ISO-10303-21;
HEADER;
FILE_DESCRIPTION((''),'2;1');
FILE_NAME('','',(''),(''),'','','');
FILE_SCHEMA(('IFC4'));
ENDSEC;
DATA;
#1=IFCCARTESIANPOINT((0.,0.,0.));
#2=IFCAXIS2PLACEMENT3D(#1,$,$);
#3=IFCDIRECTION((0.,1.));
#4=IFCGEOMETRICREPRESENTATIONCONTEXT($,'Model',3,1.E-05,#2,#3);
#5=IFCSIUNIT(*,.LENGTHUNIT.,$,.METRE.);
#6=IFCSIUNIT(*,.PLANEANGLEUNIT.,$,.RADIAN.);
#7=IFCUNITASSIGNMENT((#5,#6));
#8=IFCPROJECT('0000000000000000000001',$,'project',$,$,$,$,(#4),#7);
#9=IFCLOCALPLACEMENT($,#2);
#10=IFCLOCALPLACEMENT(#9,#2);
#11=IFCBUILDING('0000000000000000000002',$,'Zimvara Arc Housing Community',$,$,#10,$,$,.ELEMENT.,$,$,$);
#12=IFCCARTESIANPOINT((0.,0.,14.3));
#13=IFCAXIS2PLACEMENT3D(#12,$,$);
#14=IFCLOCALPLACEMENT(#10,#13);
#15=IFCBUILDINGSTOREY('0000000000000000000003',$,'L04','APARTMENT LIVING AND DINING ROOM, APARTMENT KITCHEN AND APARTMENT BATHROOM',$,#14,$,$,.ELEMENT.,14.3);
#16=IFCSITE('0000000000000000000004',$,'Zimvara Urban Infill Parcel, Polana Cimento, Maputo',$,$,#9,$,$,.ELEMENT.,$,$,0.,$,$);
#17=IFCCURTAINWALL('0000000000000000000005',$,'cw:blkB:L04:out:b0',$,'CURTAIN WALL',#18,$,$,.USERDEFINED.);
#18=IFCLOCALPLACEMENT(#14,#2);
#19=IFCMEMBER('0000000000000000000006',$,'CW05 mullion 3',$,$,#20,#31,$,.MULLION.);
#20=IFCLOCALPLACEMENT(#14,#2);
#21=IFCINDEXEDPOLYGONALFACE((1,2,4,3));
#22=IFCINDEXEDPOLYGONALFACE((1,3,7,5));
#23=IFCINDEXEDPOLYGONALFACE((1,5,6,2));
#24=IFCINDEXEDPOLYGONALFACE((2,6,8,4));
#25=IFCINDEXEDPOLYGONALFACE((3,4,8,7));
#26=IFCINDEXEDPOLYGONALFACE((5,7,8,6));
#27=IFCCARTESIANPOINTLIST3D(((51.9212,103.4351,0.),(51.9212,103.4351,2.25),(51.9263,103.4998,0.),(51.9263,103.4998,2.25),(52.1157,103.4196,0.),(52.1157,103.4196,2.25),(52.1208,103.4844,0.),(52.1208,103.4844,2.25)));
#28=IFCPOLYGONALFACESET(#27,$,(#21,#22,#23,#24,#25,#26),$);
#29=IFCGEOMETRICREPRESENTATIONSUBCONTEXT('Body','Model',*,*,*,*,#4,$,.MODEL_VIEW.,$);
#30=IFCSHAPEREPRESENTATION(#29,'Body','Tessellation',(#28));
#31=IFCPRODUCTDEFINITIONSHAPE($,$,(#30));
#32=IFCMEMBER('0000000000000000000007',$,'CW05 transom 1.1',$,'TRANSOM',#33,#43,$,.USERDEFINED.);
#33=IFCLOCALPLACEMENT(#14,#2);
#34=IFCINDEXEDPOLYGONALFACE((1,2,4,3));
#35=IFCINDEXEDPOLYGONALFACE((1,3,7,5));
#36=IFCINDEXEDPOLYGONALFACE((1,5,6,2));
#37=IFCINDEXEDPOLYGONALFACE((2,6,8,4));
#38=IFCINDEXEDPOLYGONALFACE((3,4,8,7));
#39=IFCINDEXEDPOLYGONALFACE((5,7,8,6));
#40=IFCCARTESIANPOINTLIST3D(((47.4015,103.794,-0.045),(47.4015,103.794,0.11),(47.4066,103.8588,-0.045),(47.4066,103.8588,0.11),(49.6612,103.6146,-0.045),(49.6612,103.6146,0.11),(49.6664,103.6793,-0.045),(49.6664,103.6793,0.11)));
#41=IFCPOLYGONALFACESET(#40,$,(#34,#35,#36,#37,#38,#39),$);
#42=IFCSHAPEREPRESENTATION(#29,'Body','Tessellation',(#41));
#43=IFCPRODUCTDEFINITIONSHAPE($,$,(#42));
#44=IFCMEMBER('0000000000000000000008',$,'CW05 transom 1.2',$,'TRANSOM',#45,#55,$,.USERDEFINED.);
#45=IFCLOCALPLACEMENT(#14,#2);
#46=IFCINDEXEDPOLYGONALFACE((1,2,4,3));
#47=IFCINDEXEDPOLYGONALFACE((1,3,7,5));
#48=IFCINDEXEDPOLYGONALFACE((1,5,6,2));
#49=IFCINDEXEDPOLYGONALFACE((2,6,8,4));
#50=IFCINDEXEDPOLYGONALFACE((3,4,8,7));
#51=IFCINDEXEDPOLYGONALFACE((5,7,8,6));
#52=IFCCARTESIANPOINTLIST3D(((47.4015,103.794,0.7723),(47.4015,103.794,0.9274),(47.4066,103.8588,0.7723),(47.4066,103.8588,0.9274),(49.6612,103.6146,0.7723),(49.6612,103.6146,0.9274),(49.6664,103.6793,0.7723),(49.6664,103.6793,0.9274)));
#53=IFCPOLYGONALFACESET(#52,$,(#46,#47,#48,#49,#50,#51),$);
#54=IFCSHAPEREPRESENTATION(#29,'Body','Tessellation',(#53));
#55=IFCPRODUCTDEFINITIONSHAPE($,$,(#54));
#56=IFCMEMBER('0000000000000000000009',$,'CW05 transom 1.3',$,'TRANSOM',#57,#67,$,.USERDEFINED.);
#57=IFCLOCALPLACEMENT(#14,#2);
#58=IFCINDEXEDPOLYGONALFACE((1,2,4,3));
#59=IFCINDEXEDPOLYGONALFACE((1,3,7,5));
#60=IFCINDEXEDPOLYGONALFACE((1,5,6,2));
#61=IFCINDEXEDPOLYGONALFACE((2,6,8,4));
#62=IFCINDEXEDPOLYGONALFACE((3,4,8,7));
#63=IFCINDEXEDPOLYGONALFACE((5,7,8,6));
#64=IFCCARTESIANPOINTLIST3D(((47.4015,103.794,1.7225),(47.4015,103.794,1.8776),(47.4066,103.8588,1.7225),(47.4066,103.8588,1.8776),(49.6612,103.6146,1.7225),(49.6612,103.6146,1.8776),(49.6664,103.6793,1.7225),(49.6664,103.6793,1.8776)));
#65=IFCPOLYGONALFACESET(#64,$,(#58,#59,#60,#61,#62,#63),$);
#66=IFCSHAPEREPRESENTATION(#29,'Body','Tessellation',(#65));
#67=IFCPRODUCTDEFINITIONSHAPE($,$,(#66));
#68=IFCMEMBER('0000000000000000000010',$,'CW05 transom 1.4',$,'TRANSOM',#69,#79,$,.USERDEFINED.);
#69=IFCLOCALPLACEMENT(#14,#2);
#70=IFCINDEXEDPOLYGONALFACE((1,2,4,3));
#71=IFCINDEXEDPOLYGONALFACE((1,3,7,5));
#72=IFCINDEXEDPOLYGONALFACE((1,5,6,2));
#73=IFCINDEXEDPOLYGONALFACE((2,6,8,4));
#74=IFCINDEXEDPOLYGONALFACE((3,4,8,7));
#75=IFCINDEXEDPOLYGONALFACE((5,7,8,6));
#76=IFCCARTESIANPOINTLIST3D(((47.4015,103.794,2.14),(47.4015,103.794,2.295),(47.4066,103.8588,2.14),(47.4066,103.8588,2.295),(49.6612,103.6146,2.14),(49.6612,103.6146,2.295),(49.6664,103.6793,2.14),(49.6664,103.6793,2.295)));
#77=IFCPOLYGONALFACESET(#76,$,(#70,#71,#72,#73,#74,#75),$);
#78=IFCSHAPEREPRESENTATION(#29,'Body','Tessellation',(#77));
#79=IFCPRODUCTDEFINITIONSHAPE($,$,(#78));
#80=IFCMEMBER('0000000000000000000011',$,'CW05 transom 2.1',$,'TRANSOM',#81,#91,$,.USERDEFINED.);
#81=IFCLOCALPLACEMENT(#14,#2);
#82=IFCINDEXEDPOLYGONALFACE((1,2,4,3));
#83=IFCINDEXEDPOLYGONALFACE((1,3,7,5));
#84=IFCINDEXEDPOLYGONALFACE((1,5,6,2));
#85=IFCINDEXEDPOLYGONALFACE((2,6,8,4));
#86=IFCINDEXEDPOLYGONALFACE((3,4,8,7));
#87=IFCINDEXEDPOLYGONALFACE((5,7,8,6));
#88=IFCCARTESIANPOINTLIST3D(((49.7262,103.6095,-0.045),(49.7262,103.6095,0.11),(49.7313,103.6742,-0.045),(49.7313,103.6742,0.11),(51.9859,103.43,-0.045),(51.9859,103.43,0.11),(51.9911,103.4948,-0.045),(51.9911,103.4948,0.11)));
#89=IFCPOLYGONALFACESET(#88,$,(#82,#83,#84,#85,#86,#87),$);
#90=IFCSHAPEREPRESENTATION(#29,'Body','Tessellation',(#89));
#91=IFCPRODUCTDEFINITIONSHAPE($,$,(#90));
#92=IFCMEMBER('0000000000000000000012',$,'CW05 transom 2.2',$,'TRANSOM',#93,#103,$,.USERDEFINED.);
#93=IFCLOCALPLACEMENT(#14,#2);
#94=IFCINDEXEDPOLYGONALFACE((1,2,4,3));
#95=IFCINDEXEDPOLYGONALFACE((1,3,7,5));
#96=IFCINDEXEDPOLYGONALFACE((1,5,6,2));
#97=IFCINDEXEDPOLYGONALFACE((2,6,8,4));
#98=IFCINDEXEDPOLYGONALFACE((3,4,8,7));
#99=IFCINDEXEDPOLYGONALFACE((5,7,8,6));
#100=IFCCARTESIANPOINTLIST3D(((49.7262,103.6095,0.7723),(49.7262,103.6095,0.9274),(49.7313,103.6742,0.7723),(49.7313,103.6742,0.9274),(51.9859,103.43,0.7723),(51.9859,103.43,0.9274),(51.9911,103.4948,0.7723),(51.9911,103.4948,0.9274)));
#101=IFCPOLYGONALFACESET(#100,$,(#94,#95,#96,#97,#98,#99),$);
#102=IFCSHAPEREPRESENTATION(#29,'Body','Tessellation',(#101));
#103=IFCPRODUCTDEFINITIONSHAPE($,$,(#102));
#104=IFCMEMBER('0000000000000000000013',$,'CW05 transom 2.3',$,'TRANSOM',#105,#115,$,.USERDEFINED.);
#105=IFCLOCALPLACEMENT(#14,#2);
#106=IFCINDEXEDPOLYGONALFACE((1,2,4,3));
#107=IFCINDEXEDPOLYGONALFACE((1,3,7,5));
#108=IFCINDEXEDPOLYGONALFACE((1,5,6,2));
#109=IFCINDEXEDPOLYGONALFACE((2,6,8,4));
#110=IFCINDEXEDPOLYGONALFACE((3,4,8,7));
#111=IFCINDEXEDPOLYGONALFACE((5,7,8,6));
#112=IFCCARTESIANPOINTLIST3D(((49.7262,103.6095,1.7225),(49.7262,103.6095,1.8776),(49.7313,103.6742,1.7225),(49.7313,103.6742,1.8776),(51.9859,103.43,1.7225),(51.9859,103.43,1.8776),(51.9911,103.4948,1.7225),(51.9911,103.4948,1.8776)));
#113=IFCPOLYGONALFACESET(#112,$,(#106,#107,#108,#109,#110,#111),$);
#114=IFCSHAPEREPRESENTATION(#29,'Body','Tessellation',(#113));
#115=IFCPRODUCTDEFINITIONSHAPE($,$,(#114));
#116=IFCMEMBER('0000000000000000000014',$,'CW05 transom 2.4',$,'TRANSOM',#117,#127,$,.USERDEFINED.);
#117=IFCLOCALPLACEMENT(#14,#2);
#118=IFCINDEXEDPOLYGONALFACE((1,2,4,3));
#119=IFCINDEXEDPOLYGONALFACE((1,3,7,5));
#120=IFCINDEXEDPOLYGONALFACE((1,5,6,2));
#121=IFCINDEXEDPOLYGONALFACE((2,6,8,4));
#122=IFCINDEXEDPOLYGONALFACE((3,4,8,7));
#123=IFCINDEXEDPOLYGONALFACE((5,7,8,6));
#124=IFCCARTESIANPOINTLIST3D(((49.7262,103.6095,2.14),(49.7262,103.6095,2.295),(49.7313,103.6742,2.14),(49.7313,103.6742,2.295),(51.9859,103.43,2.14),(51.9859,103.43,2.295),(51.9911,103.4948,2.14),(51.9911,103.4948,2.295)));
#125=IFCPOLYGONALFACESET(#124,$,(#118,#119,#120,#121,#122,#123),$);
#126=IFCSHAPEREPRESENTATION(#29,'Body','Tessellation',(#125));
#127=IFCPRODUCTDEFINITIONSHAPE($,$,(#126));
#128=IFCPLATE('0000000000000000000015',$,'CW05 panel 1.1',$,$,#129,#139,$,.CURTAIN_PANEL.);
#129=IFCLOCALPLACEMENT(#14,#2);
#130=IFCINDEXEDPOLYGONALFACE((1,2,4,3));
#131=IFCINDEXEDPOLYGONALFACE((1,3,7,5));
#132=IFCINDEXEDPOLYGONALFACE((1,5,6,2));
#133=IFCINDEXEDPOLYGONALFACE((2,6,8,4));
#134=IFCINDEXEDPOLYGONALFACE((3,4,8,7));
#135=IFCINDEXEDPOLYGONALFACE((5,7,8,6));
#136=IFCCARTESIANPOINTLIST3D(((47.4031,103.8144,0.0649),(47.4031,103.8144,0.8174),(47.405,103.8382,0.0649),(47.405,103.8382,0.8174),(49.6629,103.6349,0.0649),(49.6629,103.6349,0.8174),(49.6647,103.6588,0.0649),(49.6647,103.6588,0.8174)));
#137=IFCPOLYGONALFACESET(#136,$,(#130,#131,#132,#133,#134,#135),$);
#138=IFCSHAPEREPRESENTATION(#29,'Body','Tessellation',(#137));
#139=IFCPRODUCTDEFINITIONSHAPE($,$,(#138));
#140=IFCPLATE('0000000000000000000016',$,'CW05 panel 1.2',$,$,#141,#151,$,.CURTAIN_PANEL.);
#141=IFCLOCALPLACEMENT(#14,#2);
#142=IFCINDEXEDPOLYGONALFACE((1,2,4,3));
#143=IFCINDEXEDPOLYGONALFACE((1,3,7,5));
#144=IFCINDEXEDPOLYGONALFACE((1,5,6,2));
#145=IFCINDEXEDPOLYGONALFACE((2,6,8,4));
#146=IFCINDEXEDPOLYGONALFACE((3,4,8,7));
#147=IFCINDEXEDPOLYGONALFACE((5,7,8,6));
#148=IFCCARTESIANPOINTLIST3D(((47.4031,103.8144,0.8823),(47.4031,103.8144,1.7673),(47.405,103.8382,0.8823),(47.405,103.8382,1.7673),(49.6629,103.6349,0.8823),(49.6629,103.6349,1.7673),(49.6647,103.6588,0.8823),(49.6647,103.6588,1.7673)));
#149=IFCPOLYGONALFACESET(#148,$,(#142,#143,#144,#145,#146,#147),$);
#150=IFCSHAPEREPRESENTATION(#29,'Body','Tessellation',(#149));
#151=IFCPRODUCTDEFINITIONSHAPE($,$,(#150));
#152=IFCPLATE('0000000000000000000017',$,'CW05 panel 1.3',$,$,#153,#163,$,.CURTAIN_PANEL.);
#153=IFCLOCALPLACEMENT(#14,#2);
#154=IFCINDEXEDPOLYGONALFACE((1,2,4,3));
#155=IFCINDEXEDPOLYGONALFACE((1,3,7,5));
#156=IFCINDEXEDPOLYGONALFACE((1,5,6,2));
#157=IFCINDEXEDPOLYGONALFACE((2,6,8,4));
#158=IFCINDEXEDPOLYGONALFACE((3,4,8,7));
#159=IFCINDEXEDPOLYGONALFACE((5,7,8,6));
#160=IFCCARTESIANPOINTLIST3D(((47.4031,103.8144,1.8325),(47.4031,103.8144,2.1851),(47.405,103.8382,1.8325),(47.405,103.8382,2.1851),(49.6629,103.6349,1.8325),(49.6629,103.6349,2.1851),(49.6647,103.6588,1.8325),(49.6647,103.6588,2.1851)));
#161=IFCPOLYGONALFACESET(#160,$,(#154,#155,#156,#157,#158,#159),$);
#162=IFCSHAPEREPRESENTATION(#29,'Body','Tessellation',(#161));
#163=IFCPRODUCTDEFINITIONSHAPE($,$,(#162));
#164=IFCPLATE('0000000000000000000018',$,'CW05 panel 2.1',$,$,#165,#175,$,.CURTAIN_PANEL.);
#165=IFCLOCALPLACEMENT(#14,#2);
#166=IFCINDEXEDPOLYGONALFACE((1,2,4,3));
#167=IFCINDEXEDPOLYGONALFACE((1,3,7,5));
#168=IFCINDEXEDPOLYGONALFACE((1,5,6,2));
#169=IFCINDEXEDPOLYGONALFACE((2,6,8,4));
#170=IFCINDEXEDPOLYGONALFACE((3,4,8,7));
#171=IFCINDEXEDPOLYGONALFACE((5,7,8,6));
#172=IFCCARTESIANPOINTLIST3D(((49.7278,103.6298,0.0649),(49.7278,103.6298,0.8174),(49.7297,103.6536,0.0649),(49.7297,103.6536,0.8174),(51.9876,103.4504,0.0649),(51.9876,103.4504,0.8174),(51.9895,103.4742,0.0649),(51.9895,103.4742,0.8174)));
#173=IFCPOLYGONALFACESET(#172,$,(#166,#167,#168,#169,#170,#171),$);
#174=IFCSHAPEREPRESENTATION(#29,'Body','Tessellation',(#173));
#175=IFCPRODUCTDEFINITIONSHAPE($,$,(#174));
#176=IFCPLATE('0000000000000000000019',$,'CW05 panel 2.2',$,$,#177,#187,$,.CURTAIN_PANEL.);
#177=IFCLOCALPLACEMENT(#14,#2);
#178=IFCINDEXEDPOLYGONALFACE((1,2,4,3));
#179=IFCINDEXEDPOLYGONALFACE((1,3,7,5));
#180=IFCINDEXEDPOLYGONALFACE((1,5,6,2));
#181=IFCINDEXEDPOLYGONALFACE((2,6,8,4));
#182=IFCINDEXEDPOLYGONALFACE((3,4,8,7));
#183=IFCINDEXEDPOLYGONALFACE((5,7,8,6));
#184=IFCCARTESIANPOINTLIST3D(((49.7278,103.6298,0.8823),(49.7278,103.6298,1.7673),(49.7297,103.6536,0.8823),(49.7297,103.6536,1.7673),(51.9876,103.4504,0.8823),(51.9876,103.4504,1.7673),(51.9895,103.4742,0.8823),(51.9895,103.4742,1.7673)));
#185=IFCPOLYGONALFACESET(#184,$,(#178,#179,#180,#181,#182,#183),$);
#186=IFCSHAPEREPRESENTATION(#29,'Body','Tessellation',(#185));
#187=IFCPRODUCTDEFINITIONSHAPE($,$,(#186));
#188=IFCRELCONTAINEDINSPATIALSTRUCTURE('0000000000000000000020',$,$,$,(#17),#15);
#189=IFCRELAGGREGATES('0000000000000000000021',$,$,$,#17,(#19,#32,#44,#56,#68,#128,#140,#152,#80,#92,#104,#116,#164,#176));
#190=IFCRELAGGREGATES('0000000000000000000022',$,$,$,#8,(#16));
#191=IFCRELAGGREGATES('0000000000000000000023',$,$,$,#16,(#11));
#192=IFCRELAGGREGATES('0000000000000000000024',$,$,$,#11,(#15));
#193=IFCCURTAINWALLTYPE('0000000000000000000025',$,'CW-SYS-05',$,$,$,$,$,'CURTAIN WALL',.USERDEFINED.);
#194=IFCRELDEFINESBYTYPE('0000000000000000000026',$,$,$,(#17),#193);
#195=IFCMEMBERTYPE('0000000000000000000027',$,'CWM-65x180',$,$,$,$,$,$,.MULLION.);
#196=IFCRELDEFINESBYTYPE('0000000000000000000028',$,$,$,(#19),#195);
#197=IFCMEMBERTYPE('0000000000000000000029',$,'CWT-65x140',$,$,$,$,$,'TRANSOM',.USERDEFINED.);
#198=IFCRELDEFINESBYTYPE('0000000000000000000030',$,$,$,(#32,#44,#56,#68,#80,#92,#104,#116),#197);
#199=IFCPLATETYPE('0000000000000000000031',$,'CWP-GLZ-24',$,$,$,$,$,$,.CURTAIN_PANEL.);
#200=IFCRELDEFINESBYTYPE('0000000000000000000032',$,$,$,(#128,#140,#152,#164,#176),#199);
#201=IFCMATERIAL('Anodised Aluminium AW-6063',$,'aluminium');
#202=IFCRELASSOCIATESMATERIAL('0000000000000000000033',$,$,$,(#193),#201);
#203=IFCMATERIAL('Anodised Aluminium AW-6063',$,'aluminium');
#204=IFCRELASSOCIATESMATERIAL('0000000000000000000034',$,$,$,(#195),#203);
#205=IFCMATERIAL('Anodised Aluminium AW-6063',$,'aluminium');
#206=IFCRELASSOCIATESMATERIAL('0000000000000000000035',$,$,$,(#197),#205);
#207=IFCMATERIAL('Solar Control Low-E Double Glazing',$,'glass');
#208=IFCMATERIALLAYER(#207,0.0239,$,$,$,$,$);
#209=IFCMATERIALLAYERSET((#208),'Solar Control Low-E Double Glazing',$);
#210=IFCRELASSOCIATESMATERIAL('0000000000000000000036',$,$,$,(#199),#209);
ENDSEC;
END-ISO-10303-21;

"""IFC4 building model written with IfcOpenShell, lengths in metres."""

from ifc_helpers import new_model, si_unit, direction, frame, origin, origin_2d, place, context, subcontext, project, spatial, rectangle, extrude, material, layer, layer_set, material_profile, profile_set, type_object, element, aggregate, save


model = new_model("IFC4")

# Units and contexts
model_context = context("Model", 3, precision=1e-05, world=origin(), true_north=direction((0.0, 1.0)))
body_context = subcontext(model_context, "Body", "Model", "MODEL_VIEW")
ifc_project = project(units=[si_unit("LENGTHUNIT", "METRE"), si_unit("PLANEANGLEUNIT", "RADIAN")], contexts=[model_context])

# Site, building, storey
site_placement = place(None, origin())
site = spatial("IfcSite", under=ifc_project, at=site_placement, Name="Zimvara Urban Infill Parcel, Polana Cimento, Maputo", CompositionType="ELEMENT", RefElevation=0.0)
building_placement = place(site_placement, origin())
building = spatial("IfcBuilding", under=site, at=building_placement, Name="Zimvara Arc Housing Community", CompositionType="ELEMENT")
storey_placement = place(building_placement, frame((0.0, 0.0, 14.3)))
storey = spatial("IfcBuildingStorey", under=building, at=storey_placement, Name="L04", Description="APARTMENT LIVING AND DINING ROOM, APARTMENT KITCHEN AND APARTMENT BATHROOM", CompositionType="ELEMENT", Elevation=14.3)

# Curtain wall, members, plates
ifc_material_1 = material(Name="Anodised Aluminium AW-6063", Category="aluminium")
curtain_wall_type = type_object("IfcCurtainWallType", Name="CW-SYS-05", ElementType="CURTAIN WALL", PredefinedType="USERDEFINED", material=ifc_material_1)
curtain_wall_placement = place(storey_placement, origin())
curtain_wall = element("IfcCurtainWall", 1, at=curtain_wall_placement, inside=storey, type_object=curtain_wall_type, Name="cw:blkB:L04:out:b0", ObjectType="CURTAIN WALL", PredefinedType="USERDEFINED")
ifc_material_2 = material(Name="Anodised Aluminium AW-6063", Category="aluminium")
ifc_material_profile_1 = material_profile(ifc_material_2, rectangle(XDim=0.0649, YDim=0.1951, at=origin_2d()), Name="ALU 65x195")
ifc_profile_set_1 = profile_set([ifc_material_profile_1], Name="Anodised Aluminium AW-6063")
member_type_1 = type_object("IfcMemberType", Name="CWM-65x180", PredefinedType="MULLION", material=ifc_profile_set_1)
member_1_placement = place(storey_placement, frame((52.021, 103.4597, 0.0), z_axis=(0.0, 0.0, 1.0), x_axis=(0.079154, 0.996862, 0.0)))
member_1 = element("IfcMember", 2, at=member_1_placement, type_object=member_type_1, Name="CW05 mullion 3", PredefinedType="MULLION", context=body_context, shape_type="SweptSolid", body=[
    extrude(rectangle(XDim=0.0649, YDim=0.1951, at=origin_2d()), origin(), (0.0, 0.0, 1.0), 2.25),
])
ifc_material_3 = material(Name="Anodised Aluminium AW-6063", Category="aluminium")
ifc_material_profile_2 = material_profile(ifc_material_3, rectangle(XDim=0.0649, YDim=0.155, at=origin_2d()), Name="ALU 65x155")
ifc_profile_set_2 = profile_set([ifc_material_profile_2], Name="Anodised Aluminium AW-6063")
member_type_2 = type_object("IfcMemberType", Name="CWT-65x140", ElementType="TRANSOM", PredefinedType="USERDEFINED", material=ifc_profile_set_2)
member_2_placement = place(storey_placement, frame((47.4041, 103.8264, 0.0325), z_axis=(0.996862, -0.079159, 0.0), x_axis=(0.079159, 0.996862, 0.0)))
member_2 = element("IfcMember", 3, at=member_2_placement, type_object=member_type_2, Name="CW05 transom 1.1", ObjectType="TRANSOM", PredefinedType="USERDEFINED", context=body_context, shape_type="SweptSolid", body=[
    extrude(rectangle(XDim=0.0649, YDim=0.155, at=origin_2d()), origin(), (0.0, 0.0, 1.0), 2.2668),
])
member_3_placement = place(storey_placement, frame((47.4041, 103.8264, 0.8499), z_axis=(0.996862, -0.079159, 0.0), x_axis=(0.079159, 0.996862, 0.0)))
member_3 = element("IfcMember", 4, at=member_3_placement, type_object=member_type_2, Name="CW05 transom 1.2", ObjectType="TRANSOM", PredefinedType="USERDEFINED", context=body_context, shape_type="SweptSolid", body=[
    extrude(rectangle(XDim=0.0649, YDim=0.155, at=origin_2d()), origin(), (0.0, 0.0, 1.0), 2.2668),
])
member_4_placement = place(storey_placement, frame((47.4041, 103.8264, 1.8), z_axis=(0.996862, -0.079159, 0.0), x_axis=(0.079159, 0.996862, 0.0)))
member_4 = element("IfcMember", 5, at=member_4_placement, type_object=member_type_2, Name="CW05 transom 1.3", ObjectType="TRANSOM", PredefinedType="USERDEFINED", context=body_context, shape_type="SweptSolid", body=[
    extrude(rectangle(XDim=0.0649, YDim=0.155, at=origin_2d()), origin(), (0.0, 0.0, 1.0), 2.2668),
])
member_5_placement = place(storey_placement, frame((47.4041, 103.8264, 2.2175), z_axis=(0.996862, -0.079159, 0.0), x_axis=(0.079159, 0.996862, 0.0)))
member_5 = element("IfcMember", 6, at=member_5_placement, type_object=member_type_2, Name="CW05 transom 1.4", ObjectType="TRANSOM", PredefinedType="USERDEFINED", context=body_context, shape_type="SweptSolid", body=[
    extrude(rectangle(XDim=0.0649, YDim=0.155, at=origin_2d()), origin(), (0.0, 0.0, 1.0), 2.2668),
])
member_6_placement = place(storey_placement, frame((49.7288, 103.6418, 0.0325), z_axis=(0.996862, -0.079159, 0.0), x_axis=(0.079159, 0.996862, 0.0)))
member_6 = element("IfcMember", 7, at=member_6_placement, type_object=member_type_2, Name="CW05 transom 2.1", ObjectType="TRANSOM", PredefinedType="USERDEFINED", context=body_context, shape_type="SweptSolid", body=[
    extrude(rectangle(XDim=0.0649, YDim=0.155, at=origin_2d()), origin(), (0.0, 0.0, 1.0), 2.2668),
])
member_7_placement = place(storey_placement, frame((49.7288, 103.6418, 0.8499), z_axis=(0.996862, -0.079159, 0.0), x_axis=(0.079159, 0.996862, 0.0)))
member_7 = element("IfcMember", 8, at=member_7_placement, type_object=member_type_2, Name="CW05 transom 2.2", ObjectType="TRANSOM", PredefinedType="USERDEFINED", context=body_context, shape_type="SweptSolid", body=[
    extrude(rectangle(XDim=0.0649, YDim=0.155, at=origin_2d()), origin(), (0.0, 0.0, 1.0), 2.2668),
])
member_8_placement = place(storey_placement, frame((49.7288, 103.6418, 1.8), z_axis=(0.996862, -0.079159, 0.0), x_axis=(0.079159, 0.996862, 0.0)))
member_8 = element("IfcMember", 9, at=member_8_placement, type_object=member_type_2, Name="CW05 transom 2.3", ObjectType="TRANSOM", PredefinedType="USERDEFINED", context=body_context, shape_type="SweptSolid", body=[
    extrude(rectangle(XDim=0.0649, YDim=0.155, at=origin_2d()), origin(), (0.0, 0.0, 1.0), 2.2668),
])
member_9_placement = place(storey_placement, frame((49.7288, 103.6418, 2.2175), z_axis=(0.996862, -0.079159, 0.0), x_axis=(0.079159, 0.996862, 0.0)))
member_9 = element("IfcMember", 10, at=member_9_placement, type_object=member_type_2, Name="CW05 transom 2.4", ObjectType="TRANSOM", PredefinedType="USERDEFINED", context=body_context, shape_type="SweptSolid", body=[
    extrude(rectangle(XDim=0.0649, YDim=0.155, at=origin_2d()), origin(), (0.0, 0.0, 1.0), 2.2668),
])
ifc_material_4 = material(Name="Solar Control Low-E Double Glazing", Category="glass")
ifc_layer_1 = layer(ifc_material_4, 0.0239)
ifc_layer_set_1 = layer_set([ifc_layer_1], Name="Solar Control Low-E Double Glazing")
plate_type = type_object("IfcPlateType", Name="CWP-GLZ-24", PredefinedType="CURTAIN_PANEL", material=ifc_layer_set_1)
plate_1_placement = place(storey_placement, frame((48.5339, 103.7366, 0.0649), z_axis=(0.0, 0.0, 1.0), x_axis=(0.996862, -0.079154, 0.0)))
plate_1 = element("IfcPlate", 11, at=plate_1_placement, type_object=plate_type, Name="CW05 panel 1.1", PredefinedType="CURTAIN_PANEL", context=body_context, shape_type="SweptSolid", body=[
    extrude(rectangle(XDim=2.2668, YDim=0.0239, at=origin_2d()), origin(), (0.0, 0.0, 1.0), 0.7524),
])
plate_2_placement = place(storey_placement, frame((48.5339, 103.7366, 0.8823), z_axis=(0.0, 0.0, 1.0), x_axis=(0.996862, -0.079154, 0.0)))
plate_2 = element("IfcPlate", 12, at=plate_2_placement, type_object=plate_type, Name="CW05 panel 1.2", PredefinedType="CURTAIN_PANEL", context=body_context, shape_type="SweptSolid", body=[
    extrude(rectangle(XDim=2.2668, YDim=0.0239, at=origin_2d()), origin(), (0.0, 0.0, 1.0), 0.885),
])
plate_3_placement = place(storey_placement, frame((48.5339, 103.7366, 1.8325), z_axis=(0.0, 0.0, 1.0), x_axis=(0.996862, -0.079154, 0.0)))
plate_3 = element("IfcPlate", 13, at=plate_3_placement, type_object=plate_type, Name="CW05 panel 1.3", PredefinedType="CURTAIN_PANEL", context=body_context, shape_type="SweptSolid", body=[
    extrude(rectangle(XDim=2.2668, YDim=0.0239, at=origin_2d()), origin(), (0.0, 0.0, 1.0), 0.3525),
])
plate_4_placement = place(storey_placement, frame((50.8586, 103.552, 0.0649), z_axis=(0.0, 0.0, 1.0), x_axis=(0.996862, -0.079154, 0.0)))
plate_4 = element("IfcPlate", 14, at=plate_4_placement, type_object=plate_type, Name="CW05 panel 2.1", PredefinedType="CURTAIN_PANEL", context=body_context, shape_type="SweptSolid", body=[
    extrude(rectangle(XDim=2.2668, YDim=0.0239, at=origin_2d()), origin(), (0.0, 0.0, 1.0), 0.7524),
])
plate_5_placement = place(storey_placement, frame((50.8586, 103.552, 0.8823), z_axis=(0.0, 0.0, 1.0), x_axis=(0.996862, -0.079154, 0.0)))
plate_5 = element("IfcPlate", 15, at=plate_5_placement, type_object=plate_type, Name="CW05 panel 2.2", PredefinedType="CURTAIN_PANEL", context=body_context, shape_type="SweptSolid", body=[
    extrude(rectangle(XDim=2.2668, YDim=0.0239, at=origin_2d()), origin(), (0.0, 0.0, 1.0), 0.885),
])
aggregate(curtain_wall, [member_1, member_2, member_3, member_4, member_5, plate_1, plate_2, plate_3, member_6, member_7, member_8, member_9, plate_4, plate_5])

save(model, "model.ifc")
